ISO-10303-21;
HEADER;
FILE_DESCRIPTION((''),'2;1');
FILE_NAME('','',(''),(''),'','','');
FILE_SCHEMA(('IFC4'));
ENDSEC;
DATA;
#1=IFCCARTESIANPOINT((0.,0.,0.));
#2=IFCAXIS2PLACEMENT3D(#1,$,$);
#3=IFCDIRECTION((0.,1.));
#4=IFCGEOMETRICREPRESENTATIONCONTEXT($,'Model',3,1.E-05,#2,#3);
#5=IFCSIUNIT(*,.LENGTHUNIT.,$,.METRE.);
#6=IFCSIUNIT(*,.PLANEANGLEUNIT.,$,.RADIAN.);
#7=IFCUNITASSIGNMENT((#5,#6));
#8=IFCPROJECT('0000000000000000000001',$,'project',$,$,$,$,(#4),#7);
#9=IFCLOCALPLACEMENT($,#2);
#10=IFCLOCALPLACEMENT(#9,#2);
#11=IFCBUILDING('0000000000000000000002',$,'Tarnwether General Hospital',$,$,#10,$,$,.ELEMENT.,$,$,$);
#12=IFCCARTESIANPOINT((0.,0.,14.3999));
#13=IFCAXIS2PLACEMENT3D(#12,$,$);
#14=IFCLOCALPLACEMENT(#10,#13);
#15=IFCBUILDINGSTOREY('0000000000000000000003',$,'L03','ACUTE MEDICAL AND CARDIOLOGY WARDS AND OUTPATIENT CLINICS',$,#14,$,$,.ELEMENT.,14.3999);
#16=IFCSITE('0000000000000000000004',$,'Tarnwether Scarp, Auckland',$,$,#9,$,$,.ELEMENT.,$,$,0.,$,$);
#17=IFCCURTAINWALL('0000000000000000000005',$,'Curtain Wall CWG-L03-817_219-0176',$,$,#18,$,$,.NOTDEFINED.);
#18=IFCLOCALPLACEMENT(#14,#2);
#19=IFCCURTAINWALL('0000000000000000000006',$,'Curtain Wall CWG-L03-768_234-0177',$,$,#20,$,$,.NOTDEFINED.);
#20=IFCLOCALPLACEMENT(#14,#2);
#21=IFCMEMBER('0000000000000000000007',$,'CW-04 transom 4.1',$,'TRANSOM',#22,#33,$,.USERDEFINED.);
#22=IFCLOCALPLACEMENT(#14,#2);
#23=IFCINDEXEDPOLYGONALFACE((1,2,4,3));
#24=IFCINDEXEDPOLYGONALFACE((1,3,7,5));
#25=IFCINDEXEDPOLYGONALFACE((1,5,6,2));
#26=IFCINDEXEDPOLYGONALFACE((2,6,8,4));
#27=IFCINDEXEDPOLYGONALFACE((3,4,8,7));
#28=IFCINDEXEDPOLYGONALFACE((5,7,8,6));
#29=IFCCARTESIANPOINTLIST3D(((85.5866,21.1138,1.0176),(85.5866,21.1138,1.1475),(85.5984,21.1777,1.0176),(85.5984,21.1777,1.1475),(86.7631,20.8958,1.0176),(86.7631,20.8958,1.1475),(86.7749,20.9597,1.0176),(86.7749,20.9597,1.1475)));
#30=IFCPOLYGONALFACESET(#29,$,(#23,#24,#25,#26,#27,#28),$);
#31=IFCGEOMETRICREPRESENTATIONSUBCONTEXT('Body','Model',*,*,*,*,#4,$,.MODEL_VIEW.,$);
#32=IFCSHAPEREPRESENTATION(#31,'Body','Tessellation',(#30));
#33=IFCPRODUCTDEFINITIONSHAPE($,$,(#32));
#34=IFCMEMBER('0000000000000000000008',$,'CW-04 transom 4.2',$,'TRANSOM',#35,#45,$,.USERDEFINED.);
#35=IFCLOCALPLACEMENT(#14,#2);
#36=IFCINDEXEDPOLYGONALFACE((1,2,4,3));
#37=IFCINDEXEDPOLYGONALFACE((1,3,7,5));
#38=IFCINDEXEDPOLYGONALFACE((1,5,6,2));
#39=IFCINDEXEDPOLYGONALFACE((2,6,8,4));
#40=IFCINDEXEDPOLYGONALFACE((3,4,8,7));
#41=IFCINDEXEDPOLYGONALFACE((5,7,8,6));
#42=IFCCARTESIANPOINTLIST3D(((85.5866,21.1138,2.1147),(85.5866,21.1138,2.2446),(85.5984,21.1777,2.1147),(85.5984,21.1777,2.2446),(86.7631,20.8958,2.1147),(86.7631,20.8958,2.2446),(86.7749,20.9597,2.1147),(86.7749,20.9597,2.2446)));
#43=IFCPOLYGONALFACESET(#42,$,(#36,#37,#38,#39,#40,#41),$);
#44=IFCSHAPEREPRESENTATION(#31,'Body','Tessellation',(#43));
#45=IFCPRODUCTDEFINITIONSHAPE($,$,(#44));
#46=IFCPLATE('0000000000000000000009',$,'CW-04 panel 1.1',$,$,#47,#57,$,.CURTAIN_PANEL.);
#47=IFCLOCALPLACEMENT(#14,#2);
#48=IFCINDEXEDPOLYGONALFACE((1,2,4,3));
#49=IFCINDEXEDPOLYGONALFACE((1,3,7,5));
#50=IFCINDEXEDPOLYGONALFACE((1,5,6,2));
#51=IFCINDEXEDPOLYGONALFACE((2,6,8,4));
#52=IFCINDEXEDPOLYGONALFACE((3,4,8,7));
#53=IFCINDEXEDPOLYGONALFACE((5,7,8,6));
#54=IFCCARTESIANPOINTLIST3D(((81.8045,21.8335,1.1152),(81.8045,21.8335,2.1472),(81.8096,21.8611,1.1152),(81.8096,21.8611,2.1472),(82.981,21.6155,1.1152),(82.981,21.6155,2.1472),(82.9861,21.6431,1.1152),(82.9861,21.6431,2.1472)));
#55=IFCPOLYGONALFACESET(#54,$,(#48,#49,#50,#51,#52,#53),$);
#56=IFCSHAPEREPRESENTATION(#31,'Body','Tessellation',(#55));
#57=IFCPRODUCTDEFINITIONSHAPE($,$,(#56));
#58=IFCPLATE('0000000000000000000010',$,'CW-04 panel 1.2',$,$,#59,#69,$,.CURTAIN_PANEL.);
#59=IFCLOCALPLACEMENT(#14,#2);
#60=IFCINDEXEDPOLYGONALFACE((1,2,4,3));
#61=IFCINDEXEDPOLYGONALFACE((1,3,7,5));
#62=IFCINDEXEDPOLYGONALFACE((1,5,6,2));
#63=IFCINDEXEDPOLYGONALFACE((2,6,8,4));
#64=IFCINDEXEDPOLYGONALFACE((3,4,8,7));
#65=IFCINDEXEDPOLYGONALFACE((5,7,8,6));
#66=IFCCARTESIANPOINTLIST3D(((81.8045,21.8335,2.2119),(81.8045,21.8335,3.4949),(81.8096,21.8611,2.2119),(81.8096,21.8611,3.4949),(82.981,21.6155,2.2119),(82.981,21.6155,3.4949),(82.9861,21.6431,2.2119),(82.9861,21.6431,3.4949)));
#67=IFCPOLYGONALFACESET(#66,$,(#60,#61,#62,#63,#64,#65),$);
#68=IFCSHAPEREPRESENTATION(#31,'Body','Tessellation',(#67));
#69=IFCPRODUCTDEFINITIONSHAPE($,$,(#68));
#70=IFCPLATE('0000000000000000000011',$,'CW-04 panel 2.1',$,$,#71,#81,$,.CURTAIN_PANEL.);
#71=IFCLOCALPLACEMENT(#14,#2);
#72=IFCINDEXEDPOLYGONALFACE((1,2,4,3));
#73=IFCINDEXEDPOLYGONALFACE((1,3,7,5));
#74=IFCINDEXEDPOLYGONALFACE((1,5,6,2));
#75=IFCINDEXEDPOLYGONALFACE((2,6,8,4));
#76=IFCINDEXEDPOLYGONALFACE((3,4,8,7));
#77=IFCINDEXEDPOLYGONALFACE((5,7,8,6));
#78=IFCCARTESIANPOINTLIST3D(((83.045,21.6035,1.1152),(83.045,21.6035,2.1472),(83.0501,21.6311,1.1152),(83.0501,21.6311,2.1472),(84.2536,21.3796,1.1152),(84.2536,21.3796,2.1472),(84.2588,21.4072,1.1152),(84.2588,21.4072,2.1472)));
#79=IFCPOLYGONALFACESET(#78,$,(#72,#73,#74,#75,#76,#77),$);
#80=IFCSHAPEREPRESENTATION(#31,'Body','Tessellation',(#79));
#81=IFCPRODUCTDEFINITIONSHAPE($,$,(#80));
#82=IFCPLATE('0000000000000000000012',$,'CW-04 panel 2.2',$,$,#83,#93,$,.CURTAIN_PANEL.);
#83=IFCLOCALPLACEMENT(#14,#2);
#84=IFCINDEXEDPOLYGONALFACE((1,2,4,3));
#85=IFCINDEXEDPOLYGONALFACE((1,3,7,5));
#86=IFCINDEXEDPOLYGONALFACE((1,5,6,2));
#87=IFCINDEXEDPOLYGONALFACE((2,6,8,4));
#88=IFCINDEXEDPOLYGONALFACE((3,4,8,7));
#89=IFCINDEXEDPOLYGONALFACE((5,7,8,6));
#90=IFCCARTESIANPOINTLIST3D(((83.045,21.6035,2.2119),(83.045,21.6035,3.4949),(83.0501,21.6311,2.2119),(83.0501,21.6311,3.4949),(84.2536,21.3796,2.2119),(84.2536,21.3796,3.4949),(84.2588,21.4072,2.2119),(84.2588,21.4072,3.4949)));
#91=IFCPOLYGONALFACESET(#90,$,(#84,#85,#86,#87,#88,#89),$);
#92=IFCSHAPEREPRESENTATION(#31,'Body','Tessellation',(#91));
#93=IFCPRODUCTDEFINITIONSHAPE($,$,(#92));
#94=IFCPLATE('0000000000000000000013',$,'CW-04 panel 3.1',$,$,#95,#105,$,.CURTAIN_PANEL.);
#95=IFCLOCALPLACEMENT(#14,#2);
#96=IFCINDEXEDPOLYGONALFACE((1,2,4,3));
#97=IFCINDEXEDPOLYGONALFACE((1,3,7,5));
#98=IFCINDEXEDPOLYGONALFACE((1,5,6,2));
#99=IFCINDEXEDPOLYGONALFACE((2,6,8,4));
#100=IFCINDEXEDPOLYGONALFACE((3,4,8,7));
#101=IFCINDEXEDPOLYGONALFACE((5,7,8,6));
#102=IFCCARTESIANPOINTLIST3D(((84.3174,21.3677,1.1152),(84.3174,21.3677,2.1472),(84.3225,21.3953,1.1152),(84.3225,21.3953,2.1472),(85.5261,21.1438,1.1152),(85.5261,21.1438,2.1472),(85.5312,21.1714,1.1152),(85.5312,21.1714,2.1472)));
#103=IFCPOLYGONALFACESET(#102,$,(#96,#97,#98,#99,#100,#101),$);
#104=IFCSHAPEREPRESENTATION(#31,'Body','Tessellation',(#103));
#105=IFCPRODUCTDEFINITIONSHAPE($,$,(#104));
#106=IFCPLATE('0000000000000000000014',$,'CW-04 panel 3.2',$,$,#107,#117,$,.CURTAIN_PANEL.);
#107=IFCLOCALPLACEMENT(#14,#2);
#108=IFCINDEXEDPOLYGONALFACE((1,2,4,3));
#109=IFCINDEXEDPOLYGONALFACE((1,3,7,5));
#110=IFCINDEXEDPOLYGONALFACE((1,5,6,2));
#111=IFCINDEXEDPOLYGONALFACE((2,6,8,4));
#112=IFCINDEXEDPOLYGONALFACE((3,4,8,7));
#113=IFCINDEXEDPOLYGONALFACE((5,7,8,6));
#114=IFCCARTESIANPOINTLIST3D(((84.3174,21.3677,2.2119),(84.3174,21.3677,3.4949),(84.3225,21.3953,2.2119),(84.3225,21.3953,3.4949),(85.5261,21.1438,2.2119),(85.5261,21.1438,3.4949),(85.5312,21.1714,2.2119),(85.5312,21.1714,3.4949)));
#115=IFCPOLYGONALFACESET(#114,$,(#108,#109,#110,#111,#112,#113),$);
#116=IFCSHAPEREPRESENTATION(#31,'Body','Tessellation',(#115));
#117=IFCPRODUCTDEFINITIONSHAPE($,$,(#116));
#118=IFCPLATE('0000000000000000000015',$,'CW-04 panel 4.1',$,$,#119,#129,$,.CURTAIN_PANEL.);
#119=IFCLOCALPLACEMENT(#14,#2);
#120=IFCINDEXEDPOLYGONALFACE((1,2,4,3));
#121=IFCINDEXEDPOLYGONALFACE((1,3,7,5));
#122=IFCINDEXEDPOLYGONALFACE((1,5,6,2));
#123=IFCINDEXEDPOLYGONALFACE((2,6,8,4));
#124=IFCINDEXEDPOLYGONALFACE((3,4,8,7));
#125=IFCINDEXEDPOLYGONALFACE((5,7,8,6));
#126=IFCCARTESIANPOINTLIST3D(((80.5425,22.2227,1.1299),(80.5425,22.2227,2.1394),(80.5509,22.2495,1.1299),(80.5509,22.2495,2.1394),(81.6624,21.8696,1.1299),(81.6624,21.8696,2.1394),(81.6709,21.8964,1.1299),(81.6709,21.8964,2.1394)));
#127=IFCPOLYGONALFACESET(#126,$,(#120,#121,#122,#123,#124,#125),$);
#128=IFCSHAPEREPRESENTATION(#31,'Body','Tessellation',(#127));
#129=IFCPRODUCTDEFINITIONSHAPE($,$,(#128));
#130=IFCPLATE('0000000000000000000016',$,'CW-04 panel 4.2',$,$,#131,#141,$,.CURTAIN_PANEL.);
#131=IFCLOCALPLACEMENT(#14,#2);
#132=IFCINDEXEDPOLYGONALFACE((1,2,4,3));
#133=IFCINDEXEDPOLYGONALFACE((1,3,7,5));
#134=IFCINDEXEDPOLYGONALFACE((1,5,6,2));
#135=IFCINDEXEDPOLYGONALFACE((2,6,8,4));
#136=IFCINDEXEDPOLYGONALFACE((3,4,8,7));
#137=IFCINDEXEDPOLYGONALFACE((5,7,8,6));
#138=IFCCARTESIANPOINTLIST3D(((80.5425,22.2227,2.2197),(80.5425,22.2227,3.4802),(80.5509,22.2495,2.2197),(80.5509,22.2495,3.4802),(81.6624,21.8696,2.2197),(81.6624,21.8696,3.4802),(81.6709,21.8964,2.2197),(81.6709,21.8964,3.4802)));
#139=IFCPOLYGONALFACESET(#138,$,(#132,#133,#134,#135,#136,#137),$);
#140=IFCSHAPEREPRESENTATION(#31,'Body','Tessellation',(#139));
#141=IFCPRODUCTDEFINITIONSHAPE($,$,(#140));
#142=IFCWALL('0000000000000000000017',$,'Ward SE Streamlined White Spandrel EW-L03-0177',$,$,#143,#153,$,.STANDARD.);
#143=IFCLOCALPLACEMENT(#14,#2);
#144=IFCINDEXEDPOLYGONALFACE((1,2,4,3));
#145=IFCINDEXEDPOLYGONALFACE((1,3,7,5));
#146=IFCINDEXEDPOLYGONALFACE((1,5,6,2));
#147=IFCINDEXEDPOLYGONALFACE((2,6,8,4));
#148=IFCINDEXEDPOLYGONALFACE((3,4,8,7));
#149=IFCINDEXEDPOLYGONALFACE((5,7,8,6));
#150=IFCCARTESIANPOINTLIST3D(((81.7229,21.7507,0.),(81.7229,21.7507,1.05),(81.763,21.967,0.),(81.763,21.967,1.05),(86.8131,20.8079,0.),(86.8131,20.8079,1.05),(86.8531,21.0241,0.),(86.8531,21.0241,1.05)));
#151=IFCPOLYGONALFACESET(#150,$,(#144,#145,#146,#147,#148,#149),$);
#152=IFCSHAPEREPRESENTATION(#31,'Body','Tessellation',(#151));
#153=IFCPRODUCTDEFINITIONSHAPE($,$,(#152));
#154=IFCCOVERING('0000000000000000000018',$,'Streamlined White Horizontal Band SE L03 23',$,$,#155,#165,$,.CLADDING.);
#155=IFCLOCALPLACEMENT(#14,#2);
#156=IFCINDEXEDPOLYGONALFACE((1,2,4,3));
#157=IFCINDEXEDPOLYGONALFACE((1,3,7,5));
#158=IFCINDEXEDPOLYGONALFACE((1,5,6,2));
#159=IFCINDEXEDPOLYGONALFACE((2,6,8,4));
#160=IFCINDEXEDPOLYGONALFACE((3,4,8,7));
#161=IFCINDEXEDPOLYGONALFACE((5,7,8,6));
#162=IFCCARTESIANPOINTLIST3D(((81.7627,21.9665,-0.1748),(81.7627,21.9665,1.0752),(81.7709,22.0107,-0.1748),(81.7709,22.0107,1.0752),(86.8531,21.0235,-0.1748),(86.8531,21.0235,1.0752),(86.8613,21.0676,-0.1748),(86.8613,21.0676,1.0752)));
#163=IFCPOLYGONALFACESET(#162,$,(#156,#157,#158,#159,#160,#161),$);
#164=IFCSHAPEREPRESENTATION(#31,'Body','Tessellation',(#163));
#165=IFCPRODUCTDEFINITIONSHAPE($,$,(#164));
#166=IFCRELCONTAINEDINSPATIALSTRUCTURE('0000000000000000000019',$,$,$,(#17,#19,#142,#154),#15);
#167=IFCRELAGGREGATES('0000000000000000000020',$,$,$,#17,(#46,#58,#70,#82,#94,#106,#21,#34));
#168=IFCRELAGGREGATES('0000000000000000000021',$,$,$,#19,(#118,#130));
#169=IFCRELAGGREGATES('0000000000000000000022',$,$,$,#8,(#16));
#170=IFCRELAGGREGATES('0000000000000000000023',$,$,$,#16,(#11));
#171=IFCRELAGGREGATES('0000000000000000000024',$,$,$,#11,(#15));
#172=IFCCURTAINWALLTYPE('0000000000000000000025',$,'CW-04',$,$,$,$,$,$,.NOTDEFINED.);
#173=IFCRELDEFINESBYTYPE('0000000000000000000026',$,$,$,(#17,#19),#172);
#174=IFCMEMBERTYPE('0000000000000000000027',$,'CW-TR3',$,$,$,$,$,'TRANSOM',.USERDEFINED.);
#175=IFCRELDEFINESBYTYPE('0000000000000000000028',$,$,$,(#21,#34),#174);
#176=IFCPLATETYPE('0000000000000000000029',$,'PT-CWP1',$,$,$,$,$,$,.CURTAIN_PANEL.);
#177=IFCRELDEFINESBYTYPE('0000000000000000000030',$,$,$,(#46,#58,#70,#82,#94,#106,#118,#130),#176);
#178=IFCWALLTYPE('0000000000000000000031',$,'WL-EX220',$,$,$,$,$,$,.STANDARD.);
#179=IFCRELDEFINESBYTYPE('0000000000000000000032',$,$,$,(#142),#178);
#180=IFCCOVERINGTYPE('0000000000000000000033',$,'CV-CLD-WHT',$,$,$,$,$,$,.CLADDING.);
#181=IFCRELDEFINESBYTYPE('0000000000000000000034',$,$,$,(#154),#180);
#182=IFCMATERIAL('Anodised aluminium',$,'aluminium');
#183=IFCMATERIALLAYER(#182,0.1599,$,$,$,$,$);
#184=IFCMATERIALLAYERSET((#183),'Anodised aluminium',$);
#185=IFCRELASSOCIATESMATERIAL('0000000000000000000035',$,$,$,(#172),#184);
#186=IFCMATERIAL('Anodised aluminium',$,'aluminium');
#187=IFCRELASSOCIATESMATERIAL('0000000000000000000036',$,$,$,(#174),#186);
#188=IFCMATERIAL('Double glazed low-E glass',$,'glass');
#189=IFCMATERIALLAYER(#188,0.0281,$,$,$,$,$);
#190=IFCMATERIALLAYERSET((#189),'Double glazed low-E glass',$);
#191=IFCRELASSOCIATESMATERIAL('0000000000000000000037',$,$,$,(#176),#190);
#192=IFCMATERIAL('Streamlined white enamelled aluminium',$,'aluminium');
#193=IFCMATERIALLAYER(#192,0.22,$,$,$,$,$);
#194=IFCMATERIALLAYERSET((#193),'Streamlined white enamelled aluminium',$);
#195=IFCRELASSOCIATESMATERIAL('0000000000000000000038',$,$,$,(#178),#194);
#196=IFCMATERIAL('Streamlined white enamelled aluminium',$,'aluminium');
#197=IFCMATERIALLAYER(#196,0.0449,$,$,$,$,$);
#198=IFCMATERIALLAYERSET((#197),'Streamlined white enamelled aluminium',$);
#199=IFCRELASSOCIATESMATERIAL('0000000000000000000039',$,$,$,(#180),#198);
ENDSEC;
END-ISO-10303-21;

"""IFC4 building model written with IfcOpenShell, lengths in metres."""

from ifc_helpers import new_model, si_unit, direction, frame, frame_2d, origin, origin_2d, place, context, subcontext, project, spatial, rectangle, extrude, material, layer, layer_set, material_profile, profile_set, type_object, element, aggregate, save


model = new_model("IFC4")

# Units and contexts
model_context = context("Model", 3, precision=1e-05, world=origin(), true_north=direction((0.0, 1.0)))
body_context = subcontext(model_context, "Body", "Model", "MODEL_VIEW")
ifc_project = project(units=[si_unit("LENGTHUNIT", "METRE"), si_unit("PLANEANGLEUNIT", "RADIAN")], contexts=[model_context])

# Site, building, storey
site_placement = place(None, origin())
site = spatial("IfcSite", under=ifc_project, at=site_placement, Name="Tarnwether Scarp, Auckland", CompositionType="ELEMENT", RefElevation=0.0)
building_placement = place(site_placement, origin())
building = spatial("IfcBuilding", under=site, at=building_placement, Name="Tarnwether General Hospital", CompositionType="ELEMENT")
storey_placement = place(building_placement, frame((0.0, 0.0, 14.3999)))
storey = spatial("IfcBuildingStorey", under=building, at=storey_placement, Name="L03", Description="ACUTE MEDICAL AND CARDIOLOGY WARDS AND OUTPATIENT CLINICS", CompositionType="ELEMENT", Elevation=14.3999)

# Curtain wall
ifc_material_1 = material(Name="Anodised aluminium", Category="aluminium")
ifc_layer_1 = layer(ifc_material_1, 0.1599)
ifc_layer_set_1 = layer_set([ifc_layer_1], Name="Anodised aluminium")
curtain_wall_type = type_object("IfcCurtainWallType", Name="CW-04", PredefinedType="NOTDEFINED", material=ifc_layer_set_1)
curtain_wall_1_placement = place(storey_placement, origin())
curtain_wall_1 = element("IfcCurtainWall", 1, at=curtain_wall_1_placement, inside=storey, type_object=curtain_wall_type, Name="Curtain Wall CWG-L03-817_219-0176", PredefinedType="NOTDEFINED")

# Curtain wall
curtain_wall_2_placement = place(storey_placement, origin())
curtain_wall_2 = element("IfcCurtainWall", 2, at=curtain_wall_2_placement, inside=storey, type_object=curtain_wall_type, Name="Curtain Wall CWG-L03-768_234-0177", PredefinedType="NOTDEFINED")

# Members
ifc_material_2 = material(Name="Anodised aluminium", Category="aluminium")
ifc_material_profile_1 = material_profile(ifc_material_2, rectangle(XDim=0.0649, YDim=0.1299, at=origin_2d()), Name="ALU-TRN-65x130")
ifc_profile_set_1 = profile_set([ifc_material_profile_1], Name="Anodised aluminium")
member_type_1 = type_object("IfcMemberType", Name="CW-TR3", ElementType="TRANSOM", PredefinedType="USERDEFINED", material=ifc_profile_set_1)
member_1_placement = place(storey_placement, frame((85.5925, 21.1458, 1.0825), z_axis=(0.98326, -0.182206, 0.0), x_axis=(0.182206, 0.98326, 0.0)))
member_1 = element("IfcMember", 3, at=member_1_placement, type_object=member_type_1, Name="CW-04 transom 4.1", ObjectType="TRANSOM", PredefinedType="USERDEFINED", context=body_context, shape_type="SweptSolid", body=[
    extrude(rectangle(XDim=0.0649, YDim=0.1299, at=origin_2d()), origin(), (0.0, 0.0, 1.0), 1.1965),
])
member_2_placement = place(storey_placement, frame((85.5925, 21.1458, 2.1797), z_axis=(0.98326, -0.182206, 0.0), x_axis=(0.182206, 0.98326, 0.0)))
member_2 = element("IfcMember", 4, at=member_2_placement, type_object=member_type_1, Name="CW-04 transom 4.2", ObjectType="TRANSOM", PredefinedType="USERDEFINED", context=body_context, shape_type="SweptSolid", body=[
    extrude(rectangle(XDim=0.0649, YDim=0.1299, at=origin_2d()), origin(), (0.0, 0.0, 1.0), 1.1965),
])

# Plates
ifc_material_3 = material(Name="Double glazed low-E glass", Category="glass")
ifc_layer_2 = layer(ifc_material_3, 0.0281)
ifc_layer_set_2 = layer_set([ifc_layer_2], Name="Double glazed low-E glass")
plate_type = type_object("IfcPlateType", Name="PT-CWP1", PredefinedType="CURTAIN_PANEL", material=ifc_layer_set_2)
plate_1_placement = place(storey_placement, frame((82.3953, 21.7383, 1.1152), z_axis=(0.0, 0.0, 1.0), x_axis=(0.983268, -0.182165, 0.0)))
plate_1 = element("IfcPlate", 5, at=plate_1_placement, type_object=plate_type, Name="CW-04 panel 1.1", PredefinedType="CURTAIN_PANEL", context=body_context, shape_type="SweptSolid", body=[
    extrude(rectangle(XDim=1.1965, YDim=0.0281, at=origin_2d()), origin(), (0.0, 0.0, 1.0), 1.032),
])
plate_2_placement = place(storey_placement, frame((82.3953, 21.7383, 2.2119), z_axis=(0.0, 0.0, 1.0), x_axis=(0.983268, -0.182165, 0.0)))
plate_2 = element("IfcPlate", 6, at=plate_2_placement, type_object=plate_type, Name="CW-04 panel 1.2", PredefinedType="CURTAIN_PANEL", context=body_context, shape_type="SweptSolid", body=[
    extrude(rectangle(XDim=1.1965, YDim=0.0281, at=origin_2d()), origin(), (0.0, 0.0, 1.0), 1.283),
])
plate_3_placement = place(storey_placement, frame((83.6519, 21.5054, 1.1152), z_axis=(0.0, 0.0, 1.0), x_axis=(0.983268, -0.182165, 0.0)))
plate_3 = element("IfcPlate", 7, at=plate_3_placement, type_object=plate_type, Name="CW-04 panel 2.1", PredefinedType="CURTAIN_PANEL", context=body_context, shape_type="SweptSolid", body=[
    extrude(rectangle(XDim=1.2292, YDim=0.0281, at=origin_2d()), origin(), (0.0, 0.0, 1.0), 1.032),
])
plate_4_placement = place(storey_placement, frame((83.6519, 21.5054, 2.2119), z_axis=(0.0, 0.0, 1.0), x_axis=(0.983268, -0.182165, 0.0)))
plate_4 = element("IfcPlate", 8, at=plate_4_placement, type_object=plate_type, Name="CW-04 panel 2.2", PredefinedType="CURTAIN_PANEL", context=body_context, shape_type="SweptSolid", body=[
    extrude(rectangle(XDim=1.2292, YDim=0.0281, at=origin_2d()), origin(), (0.0, 0.0, 1.0), 1.283),
])
plate_5_placement = place(storey_placement, frame((84.9243, 21.2695, 1.1152), z_axis=(0.0, 0.0, 1.0), x_axis=(0.983268, -0.182165, 0.0)))
plate_5 = element("IfcPlate", 9, at=plate_5_placement, type_object=plate_type, Name="CW-04 panel 3.1", PredefinedType="CURTAIN_PANEL", context=body_context, shape_type="SweptSolid", body=[
    extrude(rectangle(XDim=1.2292, YDim=0.0281, at=origin_2d()), origin(), (0.0, 0.0, 1.0), 1.032),
])
plate_6_placement = place(storey_placement, frame((84.9243, 21.2695, 2.2119), z_axis=(0.0, 0.0, 1.0), x_axis=(0.983268, -0.182165, 0.0)))
plate_6 = element("IfcPlate", 10, at=plate_6_placement, type_object=plate_type, Name="CW-04 panel 3.2", PredefinedType="CURTAIN_PANEL", context=body_context, shape_type="SweptSolid", body=[
    extrude(rectangle(XDim=1.2292, YDim=0.0281, at=origin_2d()), origin(), (0.0, 0.0, 1.0), 1.283),
])
aggregate(curtain_wall_1, [plate_1, plate_2, plate_3, plate_4, plate_5, plate_6, member_1, member_2])
plate_7_placement = place(storey_placement, frame((81.1067, 22.0596, 1.1299), z_axis=(0.0, 0.0, 1.0), x_axis=(0.953714, -0.300715, 0.0)))
plate_7 = element("IfcPlate", 11, at=plate_7_placement, type_object=plate_type, Name="CW-04 panel 4.1", PredefinedType="CURTAIN_PANEL", context=body_context, shape_type="SweptSolid", body=[
    extrude(rectangle(XDim=1.1743, YDim=0.0281, at=origin_2d()), origin(), (0.0, 0.0, 1.0), 1.0095),
])
plate_8_placement = place(storey_placement, frame((81.1067, 22.0596, 2.2197), z_axis=(0.0, 0.0, 1.0), x_axis=(0.953714, -0.300715, 0.0)))
plate_8 = element("IfcPlate", 12, at=plate_8_placement, type_object=plate_type, Name="CW-04 panel 4.2", PredefinedType="CURTAIN_PANEL", context=body_context, shape_type="SweptSolid", body=[
    extrude(rectangle(XDim=1.1743, YDim=0.0281, at=origin_2d()), origin(), (0.0, 0.0, 1.0), 1.2605),
])
aggregate(curtain_wall_2, [plate_7, plate_8])

# Wall
ifc_material_4 = material(Name="Streamlined white enamelled aluminium", Category="aluminium")
ifc_layer_3 = layer(ifc_material_4, 0.22)
ifc_layer_set_3 = layer_set([ifc_layer_3], Name="Streamlined white enamelled aluminium")
wall_type = type_object("IfcWallType", Name="WL-EX220", PredefinedType="STANDARD", material=ifc_layer_set_3)
wall_placement = place(storey_placement, frame((81.7429, 21.8589, 0.0), z_axis=(0.0, 0.0, 1.0), x_axis=(0.983273, -0.182138, 0.0)))
element("IfcWall", 13, at=wall_placement, inside=storey, type_object=wall_type, Name="Ward SE Streamlined White Spandrel EW-L03-0177", PredefinedType="STANDARD", context=body_context, shape_type="SweptSolid", body=[
    extrude(rectangle(XDim=5.1768, YDim=0.22, at=frame_2d((2.5884, 0.0))), origin(), (0.0, 0.0, 1.0), 1.05),
])

# Covering
ifc_material_5 = material(Name="Streamlined white enamelled aluminium", Category="aluminium")
ifc_layer_4 = layer(ifc_material_5, 0.0449)
ifc_layer_set_4 = layer_set([ifc_layer_4], Name="Streamlined white enamelled aluminium")
covering_type = type_object("IfcCoveringType", Name="CV-CLD-WHT", PredefinedType="CLADDING", material=ifc_layer_set_4)
covering_placement = place(storey_placement, frame((84.312, 21.5171, -0.1748), z_axis=(0.0, 0.0, 1.0), x_axis=(0.983268, -0.182167, 0.0)))
element("IfcCovering", 14, at=covering_placement, inside=storey, type_object=covering_type, Name="Streamlined White Horizontal Band SE L03 23", PredefinedType="CLADDING", context=body_context, shape_type="SweptSolid", body=[
    extrude(rectangle(XDim=5.177, YDim=0.0449, at=origin_2d()), origin(), (0.0, 0.0, 1.0), 1.25),
])

save(model, "model.ifc")
